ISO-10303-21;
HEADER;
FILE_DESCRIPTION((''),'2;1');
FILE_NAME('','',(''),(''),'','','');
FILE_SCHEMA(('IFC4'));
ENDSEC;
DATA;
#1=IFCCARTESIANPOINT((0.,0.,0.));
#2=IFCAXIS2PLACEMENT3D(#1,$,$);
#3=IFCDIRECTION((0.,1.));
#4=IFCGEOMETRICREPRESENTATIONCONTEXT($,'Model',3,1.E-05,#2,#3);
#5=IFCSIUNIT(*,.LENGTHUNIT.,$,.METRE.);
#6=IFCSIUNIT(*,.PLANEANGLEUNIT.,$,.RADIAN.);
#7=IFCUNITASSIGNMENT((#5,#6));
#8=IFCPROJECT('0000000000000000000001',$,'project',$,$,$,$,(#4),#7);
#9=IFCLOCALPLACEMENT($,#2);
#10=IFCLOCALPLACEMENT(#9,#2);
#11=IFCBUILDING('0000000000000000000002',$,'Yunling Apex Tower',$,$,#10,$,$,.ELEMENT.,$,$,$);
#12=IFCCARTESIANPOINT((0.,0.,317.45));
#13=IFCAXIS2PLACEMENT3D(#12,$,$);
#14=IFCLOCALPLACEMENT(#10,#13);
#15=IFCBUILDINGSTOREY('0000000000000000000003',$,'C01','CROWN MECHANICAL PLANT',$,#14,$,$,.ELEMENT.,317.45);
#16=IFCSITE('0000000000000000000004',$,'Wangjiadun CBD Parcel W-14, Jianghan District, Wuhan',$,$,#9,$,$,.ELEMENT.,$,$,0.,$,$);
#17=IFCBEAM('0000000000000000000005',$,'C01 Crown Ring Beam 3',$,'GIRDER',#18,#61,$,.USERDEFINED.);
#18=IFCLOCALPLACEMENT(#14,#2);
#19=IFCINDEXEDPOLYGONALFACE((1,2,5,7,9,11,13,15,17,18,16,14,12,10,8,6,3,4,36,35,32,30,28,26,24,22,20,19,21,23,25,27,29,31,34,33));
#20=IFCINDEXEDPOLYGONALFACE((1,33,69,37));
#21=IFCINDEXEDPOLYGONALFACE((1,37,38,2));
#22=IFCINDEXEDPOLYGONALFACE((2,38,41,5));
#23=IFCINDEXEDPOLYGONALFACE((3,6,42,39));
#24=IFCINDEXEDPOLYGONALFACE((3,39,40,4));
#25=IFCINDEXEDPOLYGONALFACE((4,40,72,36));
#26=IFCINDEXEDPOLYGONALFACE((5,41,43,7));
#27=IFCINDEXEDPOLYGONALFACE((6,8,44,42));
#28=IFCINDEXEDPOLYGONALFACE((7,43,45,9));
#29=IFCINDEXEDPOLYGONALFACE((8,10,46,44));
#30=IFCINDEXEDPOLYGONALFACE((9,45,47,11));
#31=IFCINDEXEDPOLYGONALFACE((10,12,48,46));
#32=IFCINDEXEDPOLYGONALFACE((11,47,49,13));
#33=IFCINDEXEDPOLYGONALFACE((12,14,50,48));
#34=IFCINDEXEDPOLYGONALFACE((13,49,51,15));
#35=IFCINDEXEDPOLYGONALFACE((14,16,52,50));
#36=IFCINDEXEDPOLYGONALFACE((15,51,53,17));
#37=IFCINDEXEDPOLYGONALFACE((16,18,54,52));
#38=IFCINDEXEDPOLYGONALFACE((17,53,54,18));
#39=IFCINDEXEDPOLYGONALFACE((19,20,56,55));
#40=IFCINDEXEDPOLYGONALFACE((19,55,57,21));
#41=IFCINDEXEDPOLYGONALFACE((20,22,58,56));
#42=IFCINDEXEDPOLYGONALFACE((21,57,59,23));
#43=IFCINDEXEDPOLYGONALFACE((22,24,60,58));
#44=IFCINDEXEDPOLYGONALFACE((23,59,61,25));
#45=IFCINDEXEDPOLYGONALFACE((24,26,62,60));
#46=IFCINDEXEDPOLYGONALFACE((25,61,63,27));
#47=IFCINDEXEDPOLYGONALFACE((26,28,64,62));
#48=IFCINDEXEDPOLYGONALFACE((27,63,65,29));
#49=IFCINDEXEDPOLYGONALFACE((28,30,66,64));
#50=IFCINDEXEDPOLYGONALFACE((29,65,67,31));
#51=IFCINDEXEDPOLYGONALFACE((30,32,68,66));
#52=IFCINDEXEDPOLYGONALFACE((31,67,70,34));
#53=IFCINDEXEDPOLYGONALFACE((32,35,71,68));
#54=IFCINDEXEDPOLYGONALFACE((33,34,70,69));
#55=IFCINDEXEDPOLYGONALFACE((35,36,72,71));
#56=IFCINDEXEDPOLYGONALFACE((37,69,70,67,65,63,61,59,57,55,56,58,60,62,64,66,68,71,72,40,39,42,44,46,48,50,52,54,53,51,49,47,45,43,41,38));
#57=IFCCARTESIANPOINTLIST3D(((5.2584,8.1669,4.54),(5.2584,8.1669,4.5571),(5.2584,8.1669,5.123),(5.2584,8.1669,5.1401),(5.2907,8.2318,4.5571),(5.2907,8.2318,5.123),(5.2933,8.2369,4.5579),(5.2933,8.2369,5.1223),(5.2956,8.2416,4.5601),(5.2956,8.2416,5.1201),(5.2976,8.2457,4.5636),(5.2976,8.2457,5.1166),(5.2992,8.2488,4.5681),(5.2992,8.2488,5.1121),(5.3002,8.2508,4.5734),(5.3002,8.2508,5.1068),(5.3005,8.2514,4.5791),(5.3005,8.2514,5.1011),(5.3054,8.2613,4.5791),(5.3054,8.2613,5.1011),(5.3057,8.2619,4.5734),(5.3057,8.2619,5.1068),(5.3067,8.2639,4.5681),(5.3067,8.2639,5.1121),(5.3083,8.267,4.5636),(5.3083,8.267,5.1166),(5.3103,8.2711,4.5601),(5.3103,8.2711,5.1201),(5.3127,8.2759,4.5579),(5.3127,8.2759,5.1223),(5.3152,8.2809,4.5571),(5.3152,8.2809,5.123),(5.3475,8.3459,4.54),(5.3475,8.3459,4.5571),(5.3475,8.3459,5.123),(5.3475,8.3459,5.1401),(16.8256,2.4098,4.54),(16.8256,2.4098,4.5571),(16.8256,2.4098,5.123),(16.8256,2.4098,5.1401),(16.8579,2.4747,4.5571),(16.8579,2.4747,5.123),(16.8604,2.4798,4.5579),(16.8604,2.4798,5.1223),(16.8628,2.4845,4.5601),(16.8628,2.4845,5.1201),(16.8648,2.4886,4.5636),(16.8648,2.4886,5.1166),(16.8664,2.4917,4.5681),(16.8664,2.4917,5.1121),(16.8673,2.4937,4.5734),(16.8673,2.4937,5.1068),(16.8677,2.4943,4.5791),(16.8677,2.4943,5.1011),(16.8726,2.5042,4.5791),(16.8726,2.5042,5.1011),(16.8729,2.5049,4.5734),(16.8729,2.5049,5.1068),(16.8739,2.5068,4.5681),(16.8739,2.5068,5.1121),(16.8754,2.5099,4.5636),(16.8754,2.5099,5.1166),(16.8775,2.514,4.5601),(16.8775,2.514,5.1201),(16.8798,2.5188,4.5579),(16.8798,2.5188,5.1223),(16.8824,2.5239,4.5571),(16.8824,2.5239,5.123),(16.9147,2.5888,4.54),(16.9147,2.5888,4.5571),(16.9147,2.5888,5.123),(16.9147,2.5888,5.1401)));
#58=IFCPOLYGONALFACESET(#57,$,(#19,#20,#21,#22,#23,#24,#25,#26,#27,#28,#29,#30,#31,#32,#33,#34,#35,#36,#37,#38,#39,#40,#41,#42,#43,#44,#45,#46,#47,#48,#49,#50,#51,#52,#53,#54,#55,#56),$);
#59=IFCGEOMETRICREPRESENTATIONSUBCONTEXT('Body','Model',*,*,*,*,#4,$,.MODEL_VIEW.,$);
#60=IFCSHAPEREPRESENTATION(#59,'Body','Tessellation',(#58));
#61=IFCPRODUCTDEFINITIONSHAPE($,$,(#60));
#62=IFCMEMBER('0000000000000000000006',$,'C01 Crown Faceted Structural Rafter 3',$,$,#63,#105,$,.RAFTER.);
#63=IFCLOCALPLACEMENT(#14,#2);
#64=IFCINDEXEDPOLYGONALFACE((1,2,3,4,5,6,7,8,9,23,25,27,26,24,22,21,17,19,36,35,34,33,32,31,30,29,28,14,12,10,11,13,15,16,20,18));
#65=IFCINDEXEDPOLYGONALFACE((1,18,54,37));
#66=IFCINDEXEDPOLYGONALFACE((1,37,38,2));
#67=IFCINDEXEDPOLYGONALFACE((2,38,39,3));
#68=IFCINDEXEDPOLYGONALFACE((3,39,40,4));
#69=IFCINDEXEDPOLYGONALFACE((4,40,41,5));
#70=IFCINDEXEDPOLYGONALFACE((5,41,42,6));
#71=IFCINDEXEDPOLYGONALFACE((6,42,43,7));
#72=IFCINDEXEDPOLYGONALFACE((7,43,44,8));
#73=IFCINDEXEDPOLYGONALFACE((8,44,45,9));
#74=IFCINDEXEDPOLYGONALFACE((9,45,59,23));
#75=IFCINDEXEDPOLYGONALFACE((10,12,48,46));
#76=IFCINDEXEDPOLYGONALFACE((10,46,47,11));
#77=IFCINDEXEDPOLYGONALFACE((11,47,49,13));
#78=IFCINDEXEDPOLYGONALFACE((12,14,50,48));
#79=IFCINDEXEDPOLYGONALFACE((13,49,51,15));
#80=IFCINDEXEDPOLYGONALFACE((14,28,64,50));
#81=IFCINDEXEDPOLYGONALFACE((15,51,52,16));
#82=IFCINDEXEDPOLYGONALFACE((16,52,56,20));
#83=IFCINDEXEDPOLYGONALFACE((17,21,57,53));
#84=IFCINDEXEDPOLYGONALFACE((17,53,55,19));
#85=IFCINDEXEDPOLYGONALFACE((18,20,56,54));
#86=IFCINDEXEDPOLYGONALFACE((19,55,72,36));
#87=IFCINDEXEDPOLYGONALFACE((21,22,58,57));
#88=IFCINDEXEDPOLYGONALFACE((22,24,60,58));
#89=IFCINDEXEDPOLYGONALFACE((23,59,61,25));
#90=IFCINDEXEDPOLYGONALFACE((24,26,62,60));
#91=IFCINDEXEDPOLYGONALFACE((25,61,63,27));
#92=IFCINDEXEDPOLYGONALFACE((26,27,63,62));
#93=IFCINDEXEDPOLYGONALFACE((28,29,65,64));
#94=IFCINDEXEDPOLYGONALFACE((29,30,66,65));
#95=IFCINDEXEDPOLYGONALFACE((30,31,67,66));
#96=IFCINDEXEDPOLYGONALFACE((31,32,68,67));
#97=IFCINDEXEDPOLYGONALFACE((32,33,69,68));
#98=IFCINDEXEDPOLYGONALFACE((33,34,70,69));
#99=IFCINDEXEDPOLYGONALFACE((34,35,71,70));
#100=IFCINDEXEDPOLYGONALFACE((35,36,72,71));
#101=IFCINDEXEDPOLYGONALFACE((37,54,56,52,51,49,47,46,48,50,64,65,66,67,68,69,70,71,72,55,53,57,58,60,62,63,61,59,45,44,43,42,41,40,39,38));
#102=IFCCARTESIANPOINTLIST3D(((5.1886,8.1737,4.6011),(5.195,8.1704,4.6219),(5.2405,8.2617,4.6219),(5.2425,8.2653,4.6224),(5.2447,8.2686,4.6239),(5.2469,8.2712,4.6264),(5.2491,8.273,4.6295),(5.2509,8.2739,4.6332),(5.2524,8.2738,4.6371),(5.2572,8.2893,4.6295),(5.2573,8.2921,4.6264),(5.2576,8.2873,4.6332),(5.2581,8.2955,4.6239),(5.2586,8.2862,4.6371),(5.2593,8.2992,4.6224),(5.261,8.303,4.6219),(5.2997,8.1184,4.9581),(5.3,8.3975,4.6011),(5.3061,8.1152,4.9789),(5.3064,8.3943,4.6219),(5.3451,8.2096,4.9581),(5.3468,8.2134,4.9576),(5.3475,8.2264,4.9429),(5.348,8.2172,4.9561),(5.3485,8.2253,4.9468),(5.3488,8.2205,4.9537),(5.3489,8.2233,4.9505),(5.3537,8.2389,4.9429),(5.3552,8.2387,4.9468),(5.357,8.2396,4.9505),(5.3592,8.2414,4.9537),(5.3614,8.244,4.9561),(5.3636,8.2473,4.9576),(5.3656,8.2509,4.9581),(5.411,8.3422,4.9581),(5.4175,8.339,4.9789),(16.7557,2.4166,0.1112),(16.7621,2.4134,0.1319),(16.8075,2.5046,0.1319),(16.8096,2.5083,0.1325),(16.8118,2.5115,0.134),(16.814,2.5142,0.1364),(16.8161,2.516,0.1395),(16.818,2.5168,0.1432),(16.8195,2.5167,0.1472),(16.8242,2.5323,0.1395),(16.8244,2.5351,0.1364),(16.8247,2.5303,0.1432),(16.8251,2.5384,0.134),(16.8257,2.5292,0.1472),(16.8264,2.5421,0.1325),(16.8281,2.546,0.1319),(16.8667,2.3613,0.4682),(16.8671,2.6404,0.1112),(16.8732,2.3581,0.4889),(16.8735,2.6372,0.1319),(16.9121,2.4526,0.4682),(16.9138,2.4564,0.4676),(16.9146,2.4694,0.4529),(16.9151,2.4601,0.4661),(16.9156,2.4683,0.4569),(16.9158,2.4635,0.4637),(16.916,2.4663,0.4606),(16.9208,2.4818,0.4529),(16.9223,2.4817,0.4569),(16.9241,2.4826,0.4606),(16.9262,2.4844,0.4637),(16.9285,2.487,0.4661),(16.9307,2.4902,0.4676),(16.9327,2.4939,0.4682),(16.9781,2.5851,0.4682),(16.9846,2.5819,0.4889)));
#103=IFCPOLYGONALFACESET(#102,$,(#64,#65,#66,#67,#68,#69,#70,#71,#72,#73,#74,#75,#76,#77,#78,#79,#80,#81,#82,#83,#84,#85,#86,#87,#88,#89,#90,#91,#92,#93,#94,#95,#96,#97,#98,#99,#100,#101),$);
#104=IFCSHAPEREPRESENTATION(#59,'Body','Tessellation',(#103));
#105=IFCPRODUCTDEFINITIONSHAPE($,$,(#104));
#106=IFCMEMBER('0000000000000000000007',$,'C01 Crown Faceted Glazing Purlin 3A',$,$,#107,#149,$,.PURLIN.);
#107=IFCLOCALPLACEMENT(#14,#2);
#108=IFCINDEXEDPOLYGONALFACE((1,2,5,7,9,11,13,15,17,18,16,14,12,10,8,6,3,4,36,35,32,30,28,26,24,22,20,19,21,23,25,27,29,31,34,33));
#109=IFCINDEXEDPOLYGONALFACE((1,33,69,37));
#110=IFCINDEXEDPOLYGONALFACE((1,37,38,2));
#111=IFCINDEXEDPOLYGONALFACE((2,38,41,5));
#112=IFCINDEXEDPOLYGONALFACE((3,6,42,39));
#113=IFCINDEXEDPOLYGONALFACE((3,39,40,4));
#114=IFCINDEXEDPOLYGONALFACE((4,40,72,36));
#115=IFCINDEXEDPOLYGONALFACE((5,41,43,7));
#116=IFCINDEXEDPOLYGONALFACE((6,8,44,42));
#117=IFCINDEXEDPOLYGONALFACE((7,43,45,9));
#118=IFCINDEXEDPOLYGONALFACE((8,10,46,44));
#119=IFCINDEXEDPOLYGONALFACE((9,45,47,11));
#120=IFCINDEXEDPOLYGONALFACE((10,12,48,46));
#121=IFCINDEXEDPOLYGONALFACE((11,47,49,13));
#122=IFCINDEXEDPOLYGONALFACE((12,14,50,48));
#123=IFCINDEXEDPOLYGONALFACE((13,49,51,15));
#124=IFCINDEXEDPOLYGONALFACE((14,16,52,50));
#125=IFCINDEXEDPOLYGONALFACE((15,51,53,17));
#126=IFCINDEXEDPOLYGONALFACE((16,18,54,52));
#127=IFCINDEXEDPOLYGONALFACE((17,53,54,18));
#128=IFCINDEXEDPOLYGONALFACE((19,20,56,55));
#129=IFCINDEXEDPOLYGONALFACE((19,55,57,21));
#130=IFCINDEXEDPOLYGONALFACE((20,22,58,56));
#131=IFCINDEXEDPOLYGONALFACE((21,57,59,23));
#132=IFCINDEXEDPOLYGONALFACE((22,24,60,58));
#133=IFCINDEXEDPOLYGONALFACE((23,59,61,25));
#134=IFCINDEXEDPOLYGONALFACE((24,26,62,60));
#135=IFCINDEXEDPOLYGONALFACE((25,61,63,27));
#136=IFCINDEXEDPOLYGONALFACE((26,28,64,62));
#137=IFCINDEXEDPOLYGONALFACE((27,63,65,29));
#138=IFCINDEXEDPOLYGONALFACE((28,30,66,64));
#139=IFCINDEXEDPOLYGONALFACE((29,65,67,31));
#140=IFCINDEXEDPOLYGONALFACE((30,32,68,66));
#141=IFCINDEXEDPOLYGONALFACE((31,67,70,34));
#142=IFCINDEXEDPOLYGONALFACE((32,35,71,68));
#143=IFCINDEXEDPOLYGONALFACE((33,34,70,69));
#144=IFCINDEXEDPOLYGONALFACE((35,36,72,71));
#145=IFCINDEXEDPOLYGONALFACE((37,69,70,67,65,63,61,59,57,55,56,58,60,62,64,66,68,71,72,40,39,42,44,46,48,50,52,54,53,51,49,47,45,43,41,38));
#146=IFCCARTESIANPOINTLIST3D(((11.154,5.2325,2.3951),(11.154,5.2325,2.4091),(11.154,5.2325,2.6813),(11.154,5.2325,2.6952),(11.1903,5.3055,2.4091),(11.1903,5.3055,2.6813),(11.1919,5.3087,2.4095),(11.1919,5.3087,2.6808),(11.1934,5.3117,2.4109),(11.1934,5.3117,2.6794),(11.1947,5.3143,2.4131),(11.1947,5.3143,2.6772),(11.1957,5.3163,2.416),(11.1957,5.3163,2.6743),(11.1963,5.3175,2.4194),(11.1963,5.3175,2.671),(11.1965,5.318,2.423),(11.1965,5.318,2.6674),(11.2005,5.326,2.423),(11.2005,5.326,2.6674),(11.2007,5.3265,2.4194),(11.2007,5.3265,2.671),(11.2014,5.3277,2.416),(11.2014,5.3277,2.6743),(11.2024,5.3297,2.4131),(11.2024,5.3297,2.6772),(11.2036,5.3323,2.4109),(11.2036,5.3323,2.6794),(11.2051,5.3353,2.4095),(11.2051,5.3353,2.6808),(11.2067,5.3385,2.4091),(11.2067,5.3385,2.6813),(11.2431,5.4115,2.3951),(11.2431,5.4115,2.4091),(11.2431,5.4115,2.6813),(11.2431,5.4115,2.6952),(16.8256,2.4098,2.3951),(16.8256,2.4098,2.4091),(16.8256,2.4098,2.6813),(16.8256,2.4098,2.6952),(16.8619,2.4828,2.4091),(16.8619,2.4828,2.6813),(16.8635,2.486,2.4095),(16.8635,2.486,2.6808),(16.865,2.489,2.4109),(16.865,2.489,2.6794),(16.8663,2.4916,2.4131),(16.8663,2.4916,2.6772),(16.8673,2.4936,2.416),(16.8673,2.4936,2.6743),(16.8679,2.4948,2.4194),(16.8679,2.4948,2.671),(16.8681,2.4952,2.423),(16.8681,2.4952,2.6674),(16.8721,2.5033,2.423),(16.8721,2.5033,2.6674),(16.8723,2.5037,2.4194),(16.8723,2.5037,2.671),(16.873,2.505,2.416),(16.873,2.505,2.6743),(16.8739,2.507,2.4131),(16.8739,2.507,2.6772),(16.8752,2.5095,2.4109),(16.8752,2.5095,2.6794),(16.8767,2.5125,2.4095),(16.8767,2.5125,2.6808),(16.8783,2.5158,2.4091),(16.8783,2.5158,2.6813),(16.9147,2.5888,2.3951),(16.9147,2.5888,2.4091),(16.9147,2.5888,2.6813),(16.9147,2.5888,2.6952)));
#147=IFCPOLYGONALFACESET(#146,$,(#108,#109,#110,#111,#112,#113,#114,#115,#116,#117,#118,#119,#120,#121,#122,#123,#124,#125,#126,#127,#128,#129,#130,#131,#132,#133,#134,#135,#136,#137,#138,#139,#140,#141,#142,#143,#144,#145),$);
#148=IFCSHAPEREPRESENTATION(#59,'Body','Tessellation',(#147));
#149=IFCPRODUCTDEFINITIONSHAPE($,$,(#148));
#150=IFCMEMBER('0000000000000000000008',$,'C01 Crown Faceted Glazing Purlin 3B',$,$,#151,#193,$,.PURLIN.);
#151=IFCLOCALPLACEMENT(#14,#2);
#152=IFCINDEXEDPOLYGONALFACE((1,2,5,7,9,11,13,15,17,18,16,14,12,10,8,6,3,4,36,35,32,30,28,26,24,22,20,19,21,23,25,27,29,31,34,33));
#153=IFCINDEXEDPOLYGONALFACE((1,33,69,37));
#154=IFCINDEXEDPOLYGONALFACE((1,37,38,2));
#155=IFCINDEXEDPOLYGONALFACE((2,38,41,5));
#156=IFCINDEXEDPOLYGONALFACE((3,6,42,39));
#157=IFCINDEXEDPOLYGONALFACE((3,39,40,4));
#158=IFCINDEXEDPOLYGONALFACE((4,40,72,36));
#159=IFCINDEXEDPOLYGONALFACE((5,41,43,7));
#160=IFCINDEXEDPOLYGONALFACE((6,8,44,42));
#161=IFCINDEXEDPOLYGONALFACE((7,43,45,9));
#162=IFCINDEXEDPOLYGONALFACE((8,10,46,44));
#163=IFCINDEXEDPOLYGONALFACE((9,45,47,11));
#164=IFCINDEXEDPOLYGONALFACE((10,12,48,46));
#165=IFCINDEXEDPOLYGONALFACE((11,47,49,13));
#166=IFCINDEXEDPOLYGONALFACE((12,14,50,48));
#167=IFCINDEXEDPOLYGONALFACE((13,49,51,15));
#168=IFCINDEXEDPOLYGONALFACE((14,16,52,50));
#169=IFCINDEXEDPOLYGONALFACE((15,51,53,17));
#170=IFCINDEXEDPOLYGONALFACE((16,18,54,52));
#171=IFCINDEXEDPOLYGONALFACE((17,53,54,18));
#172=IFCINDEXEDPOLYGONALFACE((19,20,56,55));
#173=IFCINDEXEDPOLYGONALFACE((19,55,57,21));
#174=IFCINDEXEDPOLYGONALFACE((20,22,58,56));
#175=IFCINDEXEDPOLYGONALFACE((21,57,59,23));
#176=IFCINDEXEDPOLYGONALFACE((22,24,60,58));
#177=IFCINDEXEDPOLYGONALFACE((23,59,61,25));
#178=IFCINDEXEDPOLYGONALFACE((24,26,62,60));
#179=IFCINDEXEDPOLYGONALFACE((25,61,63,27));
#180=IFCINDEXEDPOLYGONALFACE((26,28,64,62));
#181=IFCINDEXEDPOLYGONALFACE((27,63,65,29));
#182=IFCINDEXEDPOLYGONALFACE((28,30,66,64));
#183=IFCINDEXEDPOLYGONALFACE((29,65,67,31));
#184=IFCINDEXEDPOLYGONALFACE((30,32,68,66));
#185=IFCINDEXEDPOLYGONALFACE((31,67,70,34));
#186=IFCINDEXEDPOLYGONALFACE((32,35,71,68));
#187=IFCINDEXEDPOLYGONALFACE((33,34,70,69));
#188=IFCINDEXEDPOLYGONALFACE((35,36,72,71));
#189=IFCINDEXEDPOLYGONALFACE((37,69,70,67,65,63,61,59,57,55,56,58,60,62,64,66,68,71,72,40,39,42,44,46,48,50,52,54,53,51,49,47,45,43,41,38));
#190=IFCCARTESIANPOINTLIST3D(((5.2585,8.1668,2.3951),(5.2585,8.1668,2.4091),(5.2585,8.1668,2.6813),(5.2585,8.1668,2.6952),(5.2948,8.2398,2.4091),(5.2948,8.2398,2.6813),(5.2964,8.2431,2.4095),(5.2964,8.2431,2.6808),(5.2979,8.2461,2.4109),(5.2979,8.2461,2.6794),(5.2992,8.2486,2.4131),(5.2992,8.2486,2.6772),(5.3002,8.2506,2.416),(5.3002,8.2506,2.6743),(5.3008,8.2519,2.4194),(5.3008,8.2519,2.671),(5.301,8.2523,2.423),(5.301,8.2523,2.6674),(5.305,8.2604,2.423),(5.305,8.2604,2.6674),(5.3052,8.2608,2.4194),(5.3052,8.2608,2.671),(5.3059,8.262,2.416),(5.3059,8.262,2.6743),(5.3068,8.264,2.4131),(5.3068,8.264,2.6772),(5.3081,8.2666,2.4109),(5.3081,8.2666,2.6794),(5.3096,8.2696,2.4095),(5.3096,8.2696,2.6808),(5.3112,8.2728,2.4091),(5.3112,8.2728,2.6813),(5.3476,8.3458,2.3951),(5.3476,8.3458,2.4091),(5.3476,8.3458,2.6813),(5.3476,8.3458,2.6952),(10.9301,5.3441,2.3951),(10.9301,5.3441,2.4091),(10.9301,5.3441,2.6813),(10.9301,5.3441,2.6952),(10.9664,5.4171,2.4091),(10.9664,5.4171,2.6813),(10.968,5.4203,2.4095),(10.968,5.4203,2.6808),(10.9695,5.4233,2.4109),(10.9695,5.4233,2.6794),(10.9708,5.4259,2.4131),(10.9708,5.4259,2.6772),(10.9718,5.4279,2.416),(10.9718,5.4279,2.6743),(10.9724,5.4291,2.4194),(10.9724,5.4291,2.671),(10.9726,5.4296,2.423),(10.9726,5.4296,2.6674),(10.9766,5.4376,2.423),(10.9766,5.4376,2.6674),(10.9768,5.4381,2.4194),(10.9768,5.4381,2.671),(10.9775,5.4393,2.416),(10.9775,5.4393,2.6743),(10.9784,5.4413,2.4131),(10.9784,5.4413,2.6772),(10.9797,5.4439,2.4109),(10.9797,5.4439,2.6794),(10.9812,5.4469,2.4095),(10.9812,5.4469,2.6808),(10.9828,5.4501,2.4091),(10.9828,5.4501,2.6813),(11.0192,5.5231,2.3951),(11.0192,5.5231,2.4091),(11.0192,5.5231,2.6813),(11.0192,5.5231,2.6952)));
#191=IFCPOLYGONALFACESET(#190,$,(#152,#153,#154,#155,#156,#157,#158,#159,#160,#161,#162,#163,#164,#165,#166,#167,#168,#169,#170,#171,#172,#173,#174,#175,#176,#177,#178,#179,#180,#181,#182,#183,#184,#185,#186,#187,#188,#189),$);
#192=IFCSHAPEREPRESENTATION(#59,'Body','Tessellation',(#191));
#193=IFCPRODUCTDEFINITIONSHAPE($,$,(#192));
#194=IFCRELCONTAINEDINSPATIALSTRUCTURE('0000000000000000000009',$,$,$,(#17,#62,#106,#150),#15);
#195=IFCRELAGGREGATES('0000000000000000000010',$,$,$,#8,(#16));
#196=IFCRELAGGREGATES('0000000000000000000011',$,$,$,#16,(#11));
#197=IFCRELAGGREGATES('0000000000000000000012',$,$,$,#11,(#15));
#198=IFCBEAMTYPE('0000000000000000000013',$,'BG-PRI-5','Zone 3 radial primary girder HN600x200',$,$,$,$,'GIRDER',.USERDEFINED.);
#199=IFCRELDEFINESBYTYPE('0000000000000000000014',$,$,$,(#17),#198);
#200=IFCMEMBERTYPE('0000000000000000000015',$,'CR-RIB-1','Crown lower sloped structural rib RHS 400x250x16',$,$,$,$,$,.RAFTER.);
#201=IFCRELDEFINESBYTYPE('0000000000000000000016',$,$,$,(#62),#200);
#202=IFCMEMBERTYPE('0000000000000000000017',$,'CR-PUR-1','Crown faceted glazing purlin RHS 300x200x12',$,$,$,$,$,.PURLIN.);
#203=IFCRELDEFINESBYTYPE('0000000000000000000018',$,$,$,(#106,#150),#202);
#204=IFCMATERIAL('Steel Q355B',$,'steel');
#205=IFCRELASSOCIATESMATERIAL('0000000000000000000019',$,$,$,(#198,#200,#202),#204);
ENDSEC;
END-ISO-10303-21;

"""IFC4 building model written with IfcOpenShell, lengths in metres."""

from ifc_helpers import new_model, si_unit, direction, frame, origin, origin_2d, place, context, subcontext, project, spatial, i_section, extrude, source, transform, mapped, material, material_profile, profile_set, type_object, element, save


model = new_model("IFC4")

# Units and contexts
model_context = context("Model", 3, precision=1e-05, world=origin(), true_north=direction((0.0, 1.0)))
body_context = subcontext(model_context, "Body", "Model", "MODEL_VIEW")
ifc_project = project(units=[si_unit("LENGTHUNIT", "METRE"), si_unit("PLANEANGLEUNIT", "RADIAN")], contexts=[model_context])

# Site, building, storey
site_placement = place(None, origin())
site = spatial("IfcSite", under=ifc_project, at=site_placement, Name="Wangjiadun CBD Parcel W-14, Jianghan District, Wuhan", CompositionType="ELEMENT", RefElevation=0.0)
building_placement = place(site_placement, origin())
building = spatial("IfcBuilding", under=site, at=building_placement, Name="Yunling Apex Tower", CompositionType="ELEMENT")
storey_placement = place(building_placement, frame((0.0, 0.0, 317.45)))
storey = spatial("IfcBuildingStorey", under=building, at=storey_placement, Name="C01", Description="CROWN MECHANICAL PLANT", CompositionType="ELEMENT", Elevation=317.45)

# Shared definitions
ifc_material_1 = material(Name="Steel Q355B", Category="steel")

# Beam
ifc_material_profile_1 = material_profile(ifc_material_1, i_section(OverallWidth=0.2, OverallDepth=0.6001, WebThickness=0.011, FlangeThickness=0.0171, FilletRadius=0.022, at=origin_2d()))
ifc_profile_set_1 = profile_set([ifc_material_profile_1], Name="Steel Q355B")
beam_type = type_object("IfcBeamType", Name="BG-PRI-5", Description="Zone 3 radial primary girder HN600x200", ElementType="GIRDER", PredefinedType="USERDEFINED", material=ifc_profile_set_1)
shared_shape_1 = source(origin(), body_context, "Body", "SweptSolid", [
    extrude(i_section(OverallWidth=0.2, OverallDepth=0.6001, WebThickness=0.011, FlangeThickness=0.0171, FilletRadius=0.022, at=origin_2d()), origin(), (0.0, 0.0, 1.0), 12.9207),
])
beam_1_placement = place(storey_placement, frame((16.8701, 2.4993, 4.8401), z_axis=(-0.895246, 0.445573, 0.0), x_axis=(-0.445573, -0.895246, 0.0)))
element("IfcBeam", 1, at=beam_1_placement, inside=storey, type_object=beam_type, Name="C01 Crown Ring Beam 3", ObjectType="GIRDER", PredefinedType="USERDEFINED", context=body_context, shape_type="MappedRepresentation", body=[
    mapped(shared_shape_1, transform((0.0, 0.0, 0.0), scale=1.0)),
])

# Members
ifc_material_profile_2 = material_profile(ifc_material_1, i_section(OverallWidth=0.25, OverallDepth=0.3999, WebThickness=0.0139, FlangeThickness=0.022, FilletRadius=0.0161, at=origin_2d()))
ifc_profile_set_2 = profile_set([ifc_material_profile_2], Name="Steel Q355B")
member_type_1 = type_object("IfcMemberType", Name="CR-RIB-1", Description="Crown lower sloped structural rib RHS 400x250x16", PredefinedType="RAFTER", material=ifc_profile_set_2)
shared_shape_2 = source(origin(), body_context, "Body", "SweptSolid", [
    extrude(i_section(OverallWidth=0.25, OverallDepth=0.3999, WebThickness=0.0139, FlangeThickness=0.022, FilletRadius=0.0161, at=origin_2d()), origin(), (0.0, 0.0, 1.0), 13.6785),
])
member_1_placement = place(storey_placement, frame((16.8701, 2.4993, 0.3), z_axis=(-0.845641, 0.420884, 0.32825), x_axis=(-0.445573, -0.895246, 0.0)))
element("IfcMember", 2, at=member_1_placement, inside=storey, type_object=member_type_1, Name="C01 Crown Faceted Structural Rafter 3", PredefinedType="RAFTER", context=body_context, shape_type="MappedRepresentation", body=[
    mapped(shared_shape_2, transform((0.0, 0.0, 0.0), scale=1.0)),
])
ifc_material_profile_3 = material_profile(ifc_material_1, i_section(OverallWidth=0.2, OverallDepth=0.3, WebThickness=0.009, FlangeThickness=0.0139, FilletRadius=0.0139, at=origin_2d()))
ifc_profile_set_3 = profile_set([ifc_material_profile_3], Name="Steel Q355B")
member_type_2 = type_object("IfcMemberType", Name="CR-PUR-1", Description="Crown faceted glazing purlin RHS 300x200x12", PredefinedType="PURLIN", material=ifc_profile_set_3)
shared_shape_3 = source(origin(), body_context, "Body", "SweptSolid", [
    extrude(i_section(OverallWidth=0.2, OverallDepth=0.3, WebThickness=0.009, FlangeThickness=0.0139, FilletRadius=0.0139, at=origin_2d()), origin(), (0.0, 0.0, 1.0), 6.3352),
])
for number, where, z_axis, x_axis, name in (
    (3, (16.8701, 2.4993, 2.5452), (-0.89525, 0.445563, 0.0), (-0.445563, -0.89525, 0.0), "C01 Crown Faceted Glazing Purlin 3A"),
    (4, (10.9746, 5.4336, 2.5452), (-0.89525, 0.445563, 0.0), (-0.445563, -0.89525, 0.0), "C01 Crown Faceted Glazing Purlin 3B"),
):
    element("IfcMember", number, at=place(storey_placement, frame(where, z_axis=z_axis, x_axis=x_axis)), inside=storey, type_object=member_type_2, Name=name, PredefinedType="PURLIN", context=body_context, shape_type="MappedRepresentation", body=[
        mapped(shared_shape_3, transform((0.0, 0.0, 0.0), scale=1.0)),
    ])

save(model, "model.ifc")
